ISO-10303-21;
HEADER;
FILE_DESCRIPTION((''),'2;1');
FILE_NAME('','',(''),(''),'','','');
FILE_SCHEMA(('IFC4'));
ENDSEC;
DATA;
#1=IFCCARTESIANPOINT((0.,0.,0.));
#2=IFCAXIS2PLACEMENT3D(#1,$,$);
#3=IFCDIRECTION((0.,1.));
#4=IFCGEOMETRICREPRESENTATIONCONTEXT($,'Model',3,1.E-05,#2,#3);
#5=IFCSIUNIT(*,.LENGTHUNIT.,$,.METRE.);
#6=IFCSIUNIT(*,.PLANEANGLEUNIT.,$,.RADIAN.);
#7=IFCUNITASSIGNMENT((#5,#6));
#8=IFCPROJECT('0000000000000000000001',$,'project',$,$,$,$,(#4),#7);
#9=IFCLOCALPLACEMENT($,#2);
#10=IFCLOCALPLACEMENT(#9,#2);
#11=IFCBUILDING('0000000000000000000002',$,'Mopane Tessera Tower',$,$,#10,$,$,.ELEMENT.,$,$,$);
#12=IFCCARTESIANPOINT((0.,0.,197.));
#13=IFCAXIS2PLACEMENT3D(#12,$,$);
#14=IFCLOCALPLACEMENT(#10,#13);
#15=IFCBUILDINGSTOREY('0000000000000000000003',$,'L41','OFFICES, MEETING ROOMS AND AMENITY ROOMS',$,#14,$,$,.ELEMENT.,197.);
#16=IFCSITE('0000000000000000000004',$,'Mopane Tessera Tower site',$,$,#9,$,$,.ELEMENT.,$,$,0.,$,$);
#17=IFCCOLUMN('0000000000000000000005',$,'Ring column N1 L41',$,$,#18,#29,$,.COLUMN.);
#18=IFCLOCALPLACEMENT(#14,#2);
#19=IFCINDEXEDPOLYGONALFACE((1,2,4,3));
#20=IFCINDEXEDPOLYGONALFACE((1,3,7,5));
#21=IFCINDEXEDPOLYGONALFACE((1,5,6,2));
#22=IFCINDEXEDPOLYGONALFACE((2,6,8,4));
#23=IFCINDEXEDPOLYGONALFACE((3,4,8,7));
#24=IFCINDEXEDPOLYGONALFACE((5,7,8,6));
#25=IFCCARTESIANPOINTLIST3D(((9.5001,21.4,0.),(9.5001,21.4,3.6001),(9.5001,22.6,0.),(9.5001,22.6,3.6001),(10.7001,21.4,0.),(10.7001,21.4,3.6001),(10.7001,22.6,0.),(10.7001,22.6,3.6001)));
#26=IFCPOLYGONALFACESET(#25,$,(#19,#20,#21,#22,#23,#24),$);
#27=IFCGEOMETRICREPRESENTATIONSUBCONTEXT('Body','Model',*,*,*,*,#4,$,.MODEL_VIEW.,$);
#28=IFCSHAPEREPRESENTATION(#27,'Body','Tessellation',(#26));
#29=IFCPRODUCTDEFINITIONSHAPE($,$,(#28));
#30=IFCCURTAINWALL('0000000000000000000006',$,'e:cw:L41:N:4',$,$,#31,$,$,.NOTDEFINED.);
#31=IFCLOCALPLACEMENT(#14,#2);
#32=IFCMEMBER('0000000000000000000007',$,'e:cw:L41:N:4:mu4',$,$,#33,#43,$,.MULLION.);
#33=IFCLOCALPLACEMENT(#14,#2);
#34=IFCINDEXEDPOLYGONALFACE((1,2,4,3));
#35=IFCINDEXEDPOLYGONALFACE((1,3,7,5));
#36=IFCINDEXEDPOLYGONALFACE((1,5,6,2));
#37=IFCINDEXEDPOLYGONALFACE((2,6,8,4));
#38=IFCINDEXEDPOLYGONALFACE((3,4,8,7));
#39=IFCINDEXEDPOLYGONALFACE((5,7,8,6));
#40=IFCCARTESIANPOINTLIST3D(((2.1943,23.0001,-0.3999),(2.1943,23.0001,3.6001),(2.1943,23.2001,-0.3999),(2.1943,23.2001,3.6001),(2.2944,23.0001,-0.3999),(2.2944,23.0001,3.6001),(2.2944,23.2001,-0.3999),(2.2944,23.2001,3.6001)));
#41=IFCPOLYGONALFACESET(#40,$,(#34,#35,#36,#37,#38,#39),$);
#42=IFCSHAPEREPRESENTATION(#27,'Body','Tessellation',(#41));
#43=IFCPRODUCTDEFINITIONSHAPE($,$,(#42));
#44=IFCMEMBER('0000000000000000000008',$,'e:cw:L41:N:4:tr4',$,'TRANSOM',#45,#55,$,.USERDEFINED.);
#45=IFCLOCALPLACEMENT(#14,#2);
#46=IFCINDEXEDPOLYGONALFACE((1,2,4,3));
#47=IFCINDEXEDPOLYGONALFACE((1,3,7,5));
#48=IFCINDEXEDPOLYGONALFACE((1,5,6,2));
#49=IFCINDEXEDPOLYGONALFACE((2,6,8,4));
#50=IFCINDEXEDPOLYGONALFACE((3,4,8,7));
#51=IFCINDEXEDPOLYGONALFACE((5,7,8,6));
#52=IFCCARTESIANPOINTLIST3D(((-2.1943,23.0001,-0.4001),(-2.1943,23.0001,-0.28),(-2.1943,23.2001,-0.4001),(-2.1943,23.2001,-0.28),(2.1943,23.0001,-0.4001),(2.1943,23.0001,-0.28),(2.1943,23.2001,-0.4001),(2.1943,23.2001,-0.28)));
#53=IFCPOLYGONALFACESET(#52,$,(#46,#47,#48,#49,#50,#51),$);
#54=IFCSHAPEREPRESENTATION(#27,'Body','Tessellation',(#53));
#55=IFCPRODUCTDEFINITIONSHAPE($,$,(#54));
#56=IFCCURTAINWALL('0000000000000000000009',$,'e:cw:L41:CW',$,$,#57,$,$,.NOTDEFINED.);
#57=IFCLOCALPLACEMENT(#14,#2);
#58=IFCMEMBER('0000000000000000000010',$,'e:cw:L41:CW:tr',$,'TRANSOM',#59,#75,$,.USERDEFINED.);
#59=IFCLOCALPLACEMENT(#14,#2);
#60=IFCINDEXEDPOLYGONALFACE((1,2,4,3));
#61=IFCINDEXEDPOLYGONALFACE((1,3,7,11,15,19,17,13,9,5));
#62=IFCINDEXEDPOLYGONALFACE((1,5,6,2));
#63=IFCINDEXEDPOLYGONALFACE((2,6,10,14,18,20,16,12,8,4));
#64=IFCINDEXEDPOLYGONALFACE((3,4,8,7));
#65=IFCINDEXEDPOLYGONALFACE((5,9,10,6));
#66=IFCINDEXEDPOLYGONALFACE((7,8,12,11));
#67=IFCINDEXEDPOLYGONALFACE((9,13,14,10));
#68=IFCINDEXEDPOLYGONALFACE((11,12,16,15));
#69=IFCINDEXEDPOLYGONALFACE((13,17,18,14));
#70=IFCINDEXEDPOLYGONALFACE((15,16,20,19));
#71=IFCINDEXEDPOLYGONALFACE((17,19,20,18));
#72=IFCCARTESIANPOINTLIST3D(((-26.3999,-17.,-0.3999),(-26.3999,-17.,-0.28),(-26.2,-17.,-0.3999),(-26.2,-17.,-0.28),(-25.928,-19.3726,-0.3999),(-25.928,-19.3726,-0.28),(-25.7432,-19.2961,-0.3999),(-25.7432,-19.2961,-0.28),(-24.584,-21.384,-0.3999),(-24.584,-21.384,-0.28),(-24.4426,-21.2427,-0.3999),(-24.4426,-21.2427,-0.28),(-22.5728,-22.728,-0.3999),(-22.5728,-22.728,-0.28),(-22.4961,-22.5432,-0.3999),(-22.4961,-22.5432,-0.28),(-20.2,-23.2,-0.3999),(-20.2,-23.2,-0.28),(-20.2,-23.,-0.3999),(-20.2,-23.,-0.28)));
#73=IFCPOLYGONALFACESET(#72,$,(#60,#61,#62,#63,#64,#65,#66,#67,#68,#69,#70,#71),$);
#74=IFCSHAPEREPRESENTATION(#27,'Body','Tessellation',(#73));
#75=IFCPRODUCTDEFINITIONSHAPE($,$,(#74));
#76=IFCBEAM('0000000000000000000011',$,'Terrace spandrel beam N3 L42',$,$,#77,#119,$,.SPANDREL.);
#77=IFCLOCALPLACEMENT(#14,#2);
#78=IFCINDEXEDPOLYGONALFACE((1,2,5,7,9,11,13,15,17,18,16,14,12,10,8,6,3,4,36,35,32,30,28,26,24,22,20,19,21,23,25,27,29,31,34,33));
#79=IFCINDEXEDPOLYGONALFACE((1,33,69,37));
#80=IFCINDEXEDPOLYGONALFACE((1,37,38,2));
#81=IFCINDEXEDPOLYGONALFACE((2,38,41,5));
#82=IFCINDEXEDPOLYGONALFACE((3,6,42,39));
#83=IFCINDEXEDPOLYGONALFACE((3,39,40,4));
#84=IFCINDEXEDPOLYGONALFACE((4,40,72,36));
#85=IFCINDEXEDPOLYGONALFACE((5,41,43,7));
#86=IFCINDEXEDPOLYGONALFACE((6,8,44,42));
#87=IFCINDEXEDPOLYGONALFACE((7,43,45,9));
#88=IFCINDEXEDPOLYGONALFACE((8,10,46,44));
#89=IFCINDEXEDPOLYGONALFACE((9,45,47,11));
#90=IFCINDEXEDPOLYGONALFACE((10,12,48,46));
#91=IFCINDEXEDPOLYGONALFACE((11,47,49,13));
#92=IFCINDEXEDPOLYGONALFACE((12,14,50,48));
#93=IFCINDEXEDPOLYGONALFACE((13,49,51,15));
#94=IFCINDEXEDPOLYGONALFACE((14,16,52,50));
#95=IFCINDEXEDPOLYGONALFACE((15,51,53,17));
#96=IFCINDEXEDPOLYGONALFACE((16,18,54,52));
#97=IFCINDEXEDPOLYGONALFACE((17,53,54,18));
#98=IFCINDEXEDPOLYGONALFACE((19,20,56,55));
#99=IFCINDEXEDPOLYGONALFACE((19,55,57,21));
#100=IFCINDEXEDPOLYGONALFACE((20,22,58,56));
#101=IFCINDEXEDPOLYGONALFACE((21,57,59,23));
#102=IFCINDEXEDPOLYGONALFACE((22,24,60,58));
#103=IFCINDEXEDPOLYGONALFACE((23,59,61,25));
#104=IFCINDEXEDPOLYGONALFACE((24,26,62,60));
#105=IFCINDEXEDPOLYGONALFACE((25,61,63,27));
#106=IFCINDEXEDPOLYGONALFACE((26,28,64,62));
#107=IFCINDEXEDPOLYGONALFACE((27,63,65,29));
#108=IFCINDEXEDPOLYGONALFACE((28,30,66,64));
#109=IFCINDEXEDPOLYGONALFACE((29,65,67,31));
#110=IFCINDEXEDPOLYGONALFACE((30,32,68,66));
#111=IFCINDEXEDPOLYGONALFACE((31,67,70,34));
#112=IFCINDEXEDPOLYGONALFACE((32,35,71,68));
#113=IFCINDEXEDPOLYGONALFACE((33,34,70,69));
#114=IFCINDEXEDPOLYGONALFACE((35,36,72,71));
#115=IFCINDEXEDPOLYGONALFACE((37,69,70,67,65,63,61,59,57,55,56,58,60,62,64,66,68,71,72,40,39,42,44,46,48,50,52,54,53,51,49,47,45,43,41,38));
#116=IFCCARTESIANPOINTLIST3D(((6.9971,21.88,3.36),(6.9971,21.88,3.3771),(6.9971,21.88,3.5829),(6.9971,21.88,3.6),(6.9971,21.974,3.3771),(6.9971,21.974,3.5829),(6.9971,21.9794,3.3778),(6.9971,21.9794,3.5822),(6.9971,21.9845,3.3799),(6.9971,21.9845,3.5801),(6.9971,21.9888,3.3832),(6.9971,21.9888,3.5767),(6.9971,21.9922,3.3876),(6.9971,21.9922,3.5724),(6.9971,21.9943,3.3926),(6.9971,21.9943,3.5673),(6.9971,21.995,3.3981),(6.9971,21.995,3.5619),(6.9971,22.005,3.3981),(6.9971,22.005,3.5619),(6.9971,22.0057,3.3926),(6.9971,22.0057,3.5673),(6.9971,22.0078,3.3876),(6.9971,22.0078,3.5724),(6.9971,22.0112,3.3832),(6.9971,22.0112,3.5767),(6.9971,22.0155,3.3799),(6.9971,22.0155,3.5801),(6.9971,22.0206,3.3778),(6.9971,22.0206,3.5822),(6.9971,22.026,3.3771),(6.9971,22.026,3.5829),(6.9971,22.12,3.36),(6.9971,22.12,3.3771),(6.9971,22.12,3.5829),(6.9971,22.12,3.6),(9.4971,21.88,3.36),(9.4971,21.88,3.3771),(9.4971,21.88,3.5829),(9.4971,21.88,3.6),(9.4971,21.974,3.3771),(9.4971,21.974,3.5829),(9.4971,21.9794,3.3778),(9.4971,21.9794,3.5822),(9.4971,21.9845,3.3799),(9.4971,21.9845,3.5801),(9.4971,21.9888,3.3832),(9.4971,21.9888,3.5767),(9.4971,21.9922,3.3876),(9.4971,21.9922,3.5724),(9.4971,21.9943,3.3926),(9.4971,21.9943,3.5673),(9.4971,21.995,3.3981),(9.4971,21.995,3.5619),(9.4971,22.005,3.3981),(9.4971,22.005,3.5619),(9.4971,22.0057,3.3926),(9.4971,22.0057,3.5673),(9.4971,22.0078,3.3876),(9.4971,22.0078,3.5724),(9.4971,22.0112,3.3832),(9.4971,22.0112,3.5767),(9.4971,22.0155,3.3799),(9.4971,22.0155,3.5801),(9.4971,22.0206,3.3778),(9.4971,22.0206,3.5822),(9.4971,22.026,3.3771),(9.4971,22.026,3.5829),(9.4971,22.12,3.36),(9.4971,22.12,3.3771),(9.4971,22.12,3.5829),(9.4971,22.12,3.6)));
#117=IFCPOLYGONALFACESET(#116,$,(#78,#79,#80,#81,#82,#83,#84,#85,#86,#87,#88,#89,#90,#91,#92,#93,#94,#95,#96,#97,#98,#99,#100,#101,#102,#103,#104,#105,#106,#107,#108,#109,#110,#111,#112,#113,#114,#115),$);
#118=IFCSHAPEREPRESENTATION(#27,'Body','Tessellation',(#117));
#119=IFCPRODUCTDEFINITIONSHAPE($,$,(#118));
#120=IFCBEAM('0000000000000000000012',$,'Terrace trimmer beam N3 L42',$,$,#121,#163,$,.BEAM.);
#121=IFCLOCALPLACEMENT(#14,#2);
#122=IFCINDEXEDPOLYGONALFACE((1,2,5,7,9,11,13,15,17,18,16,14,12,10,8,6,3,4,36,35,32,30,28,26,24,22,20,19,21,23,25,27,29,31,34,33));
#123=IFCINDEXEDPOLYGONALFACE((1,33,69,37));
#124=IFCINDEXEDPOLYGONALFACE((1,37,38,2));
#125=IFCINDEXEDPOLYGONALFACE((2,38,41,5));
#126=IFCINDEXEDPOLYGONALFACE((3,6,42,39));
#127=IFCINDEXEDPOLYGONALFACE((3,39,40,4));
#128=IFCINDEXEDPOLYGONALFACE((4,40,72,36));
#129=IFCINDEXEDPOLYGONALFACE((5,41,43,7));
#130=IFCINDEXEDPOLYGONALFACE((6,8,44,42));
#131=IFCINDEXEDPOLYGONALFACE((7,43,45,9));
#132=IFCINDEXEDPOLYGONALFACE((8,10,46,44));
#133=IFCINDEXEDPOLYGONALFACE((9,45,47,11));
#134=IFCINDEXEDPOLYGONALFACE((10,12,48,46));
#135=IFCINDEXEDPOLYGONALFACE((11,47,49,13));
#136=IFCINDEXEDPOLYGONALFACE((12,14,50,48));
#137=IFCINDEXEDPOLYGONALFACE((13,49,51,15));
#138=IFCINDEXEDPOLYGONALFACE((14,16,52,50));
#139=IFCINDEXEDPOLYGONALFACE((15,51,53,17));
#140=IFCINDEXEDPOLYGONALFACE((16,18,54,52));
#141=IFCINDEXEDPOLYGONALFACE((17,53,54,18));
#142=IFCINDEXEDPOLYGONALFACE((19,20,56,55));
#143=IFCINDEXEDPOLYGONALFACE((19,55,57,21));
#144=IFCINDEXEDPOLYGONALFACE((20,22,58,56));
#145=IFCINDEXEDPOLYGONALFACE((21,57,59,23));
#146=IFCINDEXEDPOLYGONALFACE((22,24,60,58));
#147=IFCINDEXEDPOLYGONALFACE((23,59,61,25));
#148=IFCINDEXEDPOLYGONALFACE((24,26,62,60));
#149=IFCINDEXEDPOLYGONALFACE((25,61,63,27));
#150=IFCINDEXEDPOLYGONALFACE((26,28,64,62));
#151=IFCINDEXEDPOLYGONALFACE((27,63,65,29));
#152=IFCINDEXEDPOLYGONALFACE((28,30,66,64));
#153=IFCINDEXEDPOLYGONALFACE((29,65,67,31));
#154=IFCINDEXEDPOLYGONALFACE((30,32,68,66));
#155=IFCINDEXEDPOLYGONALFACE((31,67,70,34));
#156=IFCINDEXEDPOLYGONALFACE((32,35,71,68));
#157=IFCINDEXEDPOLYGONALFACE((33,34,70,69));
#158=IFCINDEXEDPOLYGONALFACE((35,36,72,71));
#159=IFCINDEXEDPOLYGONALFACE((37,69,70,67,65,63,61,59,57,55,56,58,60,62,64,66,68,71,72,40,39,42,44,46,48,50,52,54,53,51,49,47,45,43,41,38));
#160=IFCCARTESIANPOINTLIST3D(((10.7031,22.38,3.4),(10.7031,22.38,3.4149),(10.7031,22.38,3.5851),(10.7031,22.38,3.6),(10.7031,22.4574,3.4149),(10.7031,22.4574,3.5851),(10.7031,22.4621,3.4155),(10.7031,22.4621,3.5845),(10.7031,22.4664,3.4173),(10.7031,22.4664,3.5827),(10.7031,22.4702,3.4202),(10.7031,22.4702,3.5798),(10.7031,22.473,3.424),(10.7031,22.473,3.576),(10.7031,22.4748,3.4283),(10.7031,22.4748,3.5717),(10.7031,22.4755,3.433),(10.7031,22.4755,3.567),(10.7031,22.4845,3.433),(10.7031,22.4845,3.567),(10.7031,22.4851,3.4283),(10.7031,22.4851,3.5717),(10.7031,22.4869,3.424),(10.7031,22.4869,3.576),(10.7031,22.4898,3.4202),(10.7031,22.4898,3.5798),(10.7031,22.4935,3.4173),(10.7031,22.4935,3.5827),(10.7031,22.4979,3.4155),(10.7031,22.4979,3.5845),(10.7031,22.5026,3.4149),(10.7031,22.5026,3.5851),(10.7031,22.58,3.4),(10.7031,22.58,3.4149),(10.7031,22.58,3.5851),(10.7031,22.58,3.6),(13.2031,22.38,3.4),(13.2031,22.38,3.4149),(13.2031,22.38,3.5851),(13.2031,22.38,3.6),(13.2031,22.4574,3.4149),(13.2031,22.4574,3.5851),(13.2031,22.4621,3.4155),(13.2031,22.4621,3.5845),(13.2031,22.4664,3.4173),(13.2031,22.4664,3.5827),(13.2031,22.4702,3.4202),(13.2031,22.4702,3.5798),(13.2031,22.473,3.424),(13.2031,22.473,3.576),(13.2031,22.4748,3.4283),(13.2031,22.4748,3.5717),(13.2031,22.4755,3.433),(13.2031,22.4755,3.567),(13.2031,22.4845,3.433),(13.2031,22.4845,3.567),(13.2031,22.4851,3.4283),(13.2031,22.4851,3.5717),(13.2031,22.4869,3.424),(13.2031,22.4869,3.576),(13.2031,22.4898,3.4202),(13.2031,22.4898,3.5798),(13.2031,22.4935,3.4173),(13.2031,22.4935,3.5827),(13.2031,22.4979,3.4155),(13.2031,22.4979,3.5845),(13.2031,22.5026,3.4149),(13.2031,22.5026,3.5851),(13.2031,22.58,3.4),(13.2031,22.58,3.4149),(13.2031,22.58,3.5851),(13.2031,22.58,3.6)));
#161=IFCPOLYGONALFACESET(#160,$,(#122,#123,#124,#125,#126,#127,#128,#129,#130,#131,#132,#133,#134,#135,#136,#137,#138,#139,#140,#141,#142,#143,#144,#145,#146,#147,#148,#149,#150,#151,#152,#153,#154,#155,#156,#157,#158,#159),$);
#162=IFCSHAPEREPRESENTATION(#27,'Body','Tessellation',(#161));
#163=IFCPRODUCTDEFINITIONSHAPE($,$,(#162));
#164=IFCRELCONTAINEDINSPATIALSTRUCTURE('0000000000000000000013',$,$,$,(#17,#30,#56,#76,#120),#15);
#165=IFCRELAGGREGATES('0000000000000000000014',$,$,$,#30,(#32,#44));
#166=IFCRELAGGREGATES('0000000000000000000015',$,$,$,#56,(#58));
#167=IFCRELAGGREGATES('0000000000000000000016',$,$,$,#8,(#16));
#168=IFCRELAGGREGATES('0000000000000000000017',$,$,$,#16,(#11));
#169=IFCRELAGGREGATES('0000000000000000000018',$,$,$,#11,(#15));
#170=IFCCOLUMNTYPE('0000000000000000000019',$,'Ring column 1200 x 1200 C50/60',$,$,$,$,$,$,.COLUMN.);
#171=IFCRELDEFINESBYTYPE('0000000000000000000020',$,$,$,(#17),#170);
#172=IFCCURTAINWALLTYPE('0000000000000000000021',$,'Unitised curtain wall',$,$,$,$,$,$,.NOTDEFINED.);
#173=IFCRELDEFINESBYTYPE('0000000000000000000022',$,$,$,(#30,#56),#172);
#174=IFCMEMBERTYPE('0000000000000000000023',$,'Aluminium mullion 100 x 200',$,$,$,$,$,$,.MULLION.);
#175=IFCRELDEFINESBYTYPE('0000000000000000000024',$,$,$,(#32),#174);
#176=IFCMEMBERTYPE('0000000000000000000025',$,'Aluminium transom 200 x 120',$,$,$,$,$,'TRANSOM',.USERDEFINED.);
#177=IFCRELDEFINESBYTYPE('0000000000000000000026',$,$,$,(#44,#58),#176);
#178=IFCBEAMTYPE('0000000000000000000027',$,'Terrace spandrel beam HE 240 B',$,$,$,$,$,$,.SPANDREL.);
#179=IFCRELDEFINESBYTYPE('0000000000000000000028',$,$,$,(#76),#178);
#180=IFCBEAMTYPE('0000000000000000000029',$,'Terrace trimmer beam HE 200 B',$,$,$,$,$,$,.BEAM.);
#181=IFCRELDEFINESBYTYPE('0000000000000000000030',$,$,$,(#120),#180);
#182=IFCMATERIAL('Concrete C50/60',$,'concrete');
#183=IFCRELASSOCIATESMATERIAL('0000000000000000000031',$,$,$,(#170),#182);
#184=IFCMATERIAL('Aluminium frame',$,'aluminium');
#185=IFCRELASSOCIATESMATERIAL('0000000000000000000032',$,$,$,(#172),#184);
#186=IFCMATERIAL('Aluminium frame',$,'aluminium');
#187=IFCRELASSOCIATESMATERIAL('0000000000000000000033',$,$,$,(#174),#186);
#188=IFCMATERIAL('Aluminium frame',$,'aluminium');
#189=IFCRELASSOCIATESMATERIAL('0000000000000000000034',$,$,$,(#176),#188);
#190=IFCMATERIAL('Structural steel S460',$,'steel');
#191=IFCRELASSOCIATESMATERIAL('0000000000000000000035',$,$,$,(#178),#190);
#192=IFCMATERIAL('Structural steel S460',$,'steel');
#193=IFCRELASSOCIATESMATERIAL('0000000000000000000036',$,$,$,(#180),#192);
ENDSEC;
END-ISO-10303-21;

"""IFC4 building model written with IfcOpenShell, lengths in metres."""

from ifc_helpers import new_model, si_unit, direction, frame, origin, origin_2d, place, context, subcontext, project, spatial, polyline, rectangle, i_section, outline, extrude, material, material_profile, profile_set, type_object, element, aggregate, save


model = new_model("IFC4")

# Units and contexts
model_context = context("Model", 3, precision=1e-05, world=origin(), true_north=direction((0.0, 1.0)))
body_context = subcontext(model_context, "Body", "Model", "MODEL_VIEW")
ifc_project = project(units=[si_unit("LENGTHUNIT", "METRE"), si_unit("PLANEANGLEUNIT", "RADIAN")], contexts=[model_context])

# Site, building, storey
site_placement = place(None, origin())
site = spatial("IfcSite", under=ifc_project, at=site_placement, Name="Mopane Tessera Tower site", CompositionType="ELEMENT", RefElevation=0.0)
building_placement = place(site_placement, origin())
building = spatial("IfcBuilding", under=site, at=building_placement, Name="Mopane Tessera Tower", CompositionType="ELEMENT")
storey_placement = place(building_placement, frame((0.0, 0.0, 197.0)))
storey = spatial("IfcBuildingStorey", under=building, at=storey_placement, Name="L41", Description="OFFICES, MEETING ROOMS AND AMENITY ROOMS", CompositionType="ELEMENT", Elevation=197.0)

# Column
ifc_material_1 = material(Name="Concrete C50/60", Category="concrete")
ifc_material_profile_1 = material_profile(ifc_material_1, rectangle(XDim=1.2, YDim=1.2, at=origin_2d()))
ifc_profile_set_1 = profile_set([ifc_material_profile_1], Name="Concrete C50/60")
column_type = type_object("IfcColumnType", Name="Ring column 1200 x 1200 C50/60", PredefinedType="COLUMN", material=ifc_profile_set_1)
column_placement = place(storey_placement, frame((10.1001, 22.0, 0.0), z_axis=(0.0, 0.0, 1.0), x_axis=(1.0, 0.0, 0.0)))
element("IfcColumn", 1, at=column_placement, inside=storey, type_object=column_type, Name="Ring column N1 L41", PredefinedType="COLUMN", context=body_context, shape_type="SweptSolid", body=[
    extrude(rectangle(XDim=1.2, YDim=1.2, at=origin_2d()), origin(), (0.0, 0.0, 1.0), 3.6001),
])

# Curtain wall, members
ifc_material_2 = material(Name="Aluminium frame", Category="aluminium")
curtain_wall_type = type_object("IfcCurtainWallType", Name="Unitised curtain wall", PredefinedType="NOTDEFINED", material=ifc_material_2)
curtain_wall_1_placement = place(storey_placement, origin())
curtain_wall_1 = element("IfcCurtainWall", 2, at=curtain_wall_1_placement, inside=storey, type_object=curtain_wall_type, Name="e:cw:L41:N:4", PredefinedType="NOTDEFINED")
ifc_material_3 = material(Name="Aluminium frame", Category="aluminium")
ifc_material_profile_2 = material_profile(ifc_material_3, rectangle(XDim=0.1001, YDim=0.2, at=origin_2d()))
ifc_profile_set_2 = profile_set([ifc_material_profile_2], Name="Aluminium frame")
member_type_1 = type_object("IfcMemberType", Name="Aluminium mullion 100 x 200", PredefinedType="MULLION", material=ifc_profile_set_2)
member_1_placement = place(storey_placement, frame((2.2444, 23.1001, -0.3999), z_axis=(0.0, 0.0, 1.0), x_axis=(-1.0, 0.0, 0.0)))
member_1 = element("IfcMember", 3, at=member_1_placement, type_object=member_type_1, Name="e:cw:L41:N:4:mu4", PredefinedType="MULLION", context=body_context, shape_type="SweptSolid", body=[
    extrude(rectangle(XDim=0.1001, YDim=0.2, at=origin_2d()), origin(), (0.0, 0.0, 1.0), 4.0),
])
ifc_material_4 = material(Name="Aluminium frame", Category="aluminium")
ifc_material_profile_3 = material_profile(ifc_material_4, rectangle(XDim=0.2, YDim=0.1201, at=origin_2d()))
ifc_profile_set_3 = profile_set([ifc_material_profile_3], Name="Aluminium frame")
member_type_2 = type_object("IfcMemberType", Name="Aluminium transom 200 x 120", ElementType="TRANSOM", PredefinedType="USERDEFINED", material=ifc_profile_set_3)
member_2_placement = place(storey_placement, frame((2.1943, 23.1001, -0.3401), z_axis=(-1.0, 0.0, 0.0), x_axis=(0.0, -1.0, 0.0)))
member_2 = element("IfcMember", 4, at=member_2_placement, type_object=member_type_2, Name="e:cw:L41:N:4:tr4", ObjectType="TRANSOM", PredefinedType="USERDEFINED", context=body_context, shape_type="SweptSolid", body=[
    extrude(rectangle(XDim=0.2, YDim=0.1201, at=origin_2d()), origin(), (0.0, 0.0, 1.0), 4.3887),
])

# Curtain wall, member
curtain_wall_2_placement = place(storey_placement, origin())
curtain_wall_2 = element("IfcCurtainWall", 5, at=curtain_wall_2_placement, inside=storey, type_object=curtain_wall_type, Name="e:cw:L41:CW", PredefinedType="NOTDEFINED")
member_3_placement = place(storey_placement, frame((0.0, 0.0, -0.3999)))
member_3 = element("IfcMember", 6, at=member_3_placement, type_object=member_type_2, Name="e:cw:L41:CW:tr", ObjectType="TRANSOM", PredefinedType="USERDEFINED", context=body_context, shape_type="SweptSolid", body=[
    extrude(outline(polyline([(-26.2, -17.0), (-25.7432, -19.2961), (-24.4426, -21.2427), (-22.4961, -22.5432), (-20.2, -23.0), (-20.2, -23.2), (-22.5728, -22.728), (-24.584, -21.384), (-25.928, -19.3726), (-26.3999, -17.0), (-26.2, -17.0)])), origin(), (0.0, 0.0, 1.0), 0.1199),
])

# Beams
ifc_material_5 = material(Name="Structural steel S460", Category="steel")
ifc_material_profile_4 = material_profile(ifc_material_5, i_section(OverallWidth=0.24, OverallDepth=0.24, WebThickness=0.01, FlangeThickness=0.0171, FilletRadius=0.021, at=origin_2d()))
ifc_profile_set_4 = profile_set([ifc_material_profile_4], Name="Structural steel S460")
beam_type_1 = type_object("IfcBeamType", Name="Terrace spandrel beam HE 240 B", PredefinedType="SPANDREL", material=ifc_profile_set_4)
beam_1_placement = place(storey_placement, frame((9.4971, 22.0, 3.48), z_axis=(-1.0, 0.0, 0.0), x_axis=(0.0, -1.0, 0.0)))
element("IfcBeam", 7, at=beam_1_placement, inside=storey, type_object=beam_type_1, Name="Terrace spandrel beam N3 L42", PredefinedType="SPANDREL", context=body_context, shape_type="SweptSolid", body=[
    extrude(i_section(OverallWidth=0.24, OverallDepth=0.24, WebThickness=0.01, FlangeThickness=0.0171, FilletRadius=0.021, at=origin_2d()), origin(), (0.0, 0.0, 1.0), 2.5),
])
ifc_material_6 = material(Name="Structural steel S460", Category="steel")
ifc_material_profile_5 = material_profile(ifc_material_6, i_section(OverallWidth=0.2, OverallDepth=0.2, WebThickness=0.009, FlangeThickness=0.0149, FilletRadius=0.0181, at=origin_2d()))
ifc_profile_set_5 = profile_set([ifc_material_profile_5], Name="Structural steel S460")
beam_type_2 = type_object("IfcBeamType", Name="Terrace trimmer beam HE 200 B", PredefinedType="BEAM", material=ifc_profile_set_5)
beam_2_placement = place(storey_placement, frame((10.7031, 22.48, 3.5), z_axis=(1.0, 0.0, 0.0), x_axis=(0.0, 1.0, 0.0)))
element("IfcBeam", 8, at=beam_2_placement, inside=storey, type_object=beam_type_2, Name="Terrace trimmer beam N3 L42", PredefinedType="BEAM", context=body_context, shape_type="SweptSolid", body=[
    extrude(i_section(OverallWidth=0.2, OverallDepth=0.2, WebThickness=0.009, FlangeThickness=0.0149, FilletRadius=0.0181, at=origin_2d()), origin(), (0.0, 0.0, 1.0), 2.5),
])

aggregate(curtain_wall_1, [member_1, member_2])
aggregate(curtain_wall_2, [member_3])

save(model, "model.ifc")
